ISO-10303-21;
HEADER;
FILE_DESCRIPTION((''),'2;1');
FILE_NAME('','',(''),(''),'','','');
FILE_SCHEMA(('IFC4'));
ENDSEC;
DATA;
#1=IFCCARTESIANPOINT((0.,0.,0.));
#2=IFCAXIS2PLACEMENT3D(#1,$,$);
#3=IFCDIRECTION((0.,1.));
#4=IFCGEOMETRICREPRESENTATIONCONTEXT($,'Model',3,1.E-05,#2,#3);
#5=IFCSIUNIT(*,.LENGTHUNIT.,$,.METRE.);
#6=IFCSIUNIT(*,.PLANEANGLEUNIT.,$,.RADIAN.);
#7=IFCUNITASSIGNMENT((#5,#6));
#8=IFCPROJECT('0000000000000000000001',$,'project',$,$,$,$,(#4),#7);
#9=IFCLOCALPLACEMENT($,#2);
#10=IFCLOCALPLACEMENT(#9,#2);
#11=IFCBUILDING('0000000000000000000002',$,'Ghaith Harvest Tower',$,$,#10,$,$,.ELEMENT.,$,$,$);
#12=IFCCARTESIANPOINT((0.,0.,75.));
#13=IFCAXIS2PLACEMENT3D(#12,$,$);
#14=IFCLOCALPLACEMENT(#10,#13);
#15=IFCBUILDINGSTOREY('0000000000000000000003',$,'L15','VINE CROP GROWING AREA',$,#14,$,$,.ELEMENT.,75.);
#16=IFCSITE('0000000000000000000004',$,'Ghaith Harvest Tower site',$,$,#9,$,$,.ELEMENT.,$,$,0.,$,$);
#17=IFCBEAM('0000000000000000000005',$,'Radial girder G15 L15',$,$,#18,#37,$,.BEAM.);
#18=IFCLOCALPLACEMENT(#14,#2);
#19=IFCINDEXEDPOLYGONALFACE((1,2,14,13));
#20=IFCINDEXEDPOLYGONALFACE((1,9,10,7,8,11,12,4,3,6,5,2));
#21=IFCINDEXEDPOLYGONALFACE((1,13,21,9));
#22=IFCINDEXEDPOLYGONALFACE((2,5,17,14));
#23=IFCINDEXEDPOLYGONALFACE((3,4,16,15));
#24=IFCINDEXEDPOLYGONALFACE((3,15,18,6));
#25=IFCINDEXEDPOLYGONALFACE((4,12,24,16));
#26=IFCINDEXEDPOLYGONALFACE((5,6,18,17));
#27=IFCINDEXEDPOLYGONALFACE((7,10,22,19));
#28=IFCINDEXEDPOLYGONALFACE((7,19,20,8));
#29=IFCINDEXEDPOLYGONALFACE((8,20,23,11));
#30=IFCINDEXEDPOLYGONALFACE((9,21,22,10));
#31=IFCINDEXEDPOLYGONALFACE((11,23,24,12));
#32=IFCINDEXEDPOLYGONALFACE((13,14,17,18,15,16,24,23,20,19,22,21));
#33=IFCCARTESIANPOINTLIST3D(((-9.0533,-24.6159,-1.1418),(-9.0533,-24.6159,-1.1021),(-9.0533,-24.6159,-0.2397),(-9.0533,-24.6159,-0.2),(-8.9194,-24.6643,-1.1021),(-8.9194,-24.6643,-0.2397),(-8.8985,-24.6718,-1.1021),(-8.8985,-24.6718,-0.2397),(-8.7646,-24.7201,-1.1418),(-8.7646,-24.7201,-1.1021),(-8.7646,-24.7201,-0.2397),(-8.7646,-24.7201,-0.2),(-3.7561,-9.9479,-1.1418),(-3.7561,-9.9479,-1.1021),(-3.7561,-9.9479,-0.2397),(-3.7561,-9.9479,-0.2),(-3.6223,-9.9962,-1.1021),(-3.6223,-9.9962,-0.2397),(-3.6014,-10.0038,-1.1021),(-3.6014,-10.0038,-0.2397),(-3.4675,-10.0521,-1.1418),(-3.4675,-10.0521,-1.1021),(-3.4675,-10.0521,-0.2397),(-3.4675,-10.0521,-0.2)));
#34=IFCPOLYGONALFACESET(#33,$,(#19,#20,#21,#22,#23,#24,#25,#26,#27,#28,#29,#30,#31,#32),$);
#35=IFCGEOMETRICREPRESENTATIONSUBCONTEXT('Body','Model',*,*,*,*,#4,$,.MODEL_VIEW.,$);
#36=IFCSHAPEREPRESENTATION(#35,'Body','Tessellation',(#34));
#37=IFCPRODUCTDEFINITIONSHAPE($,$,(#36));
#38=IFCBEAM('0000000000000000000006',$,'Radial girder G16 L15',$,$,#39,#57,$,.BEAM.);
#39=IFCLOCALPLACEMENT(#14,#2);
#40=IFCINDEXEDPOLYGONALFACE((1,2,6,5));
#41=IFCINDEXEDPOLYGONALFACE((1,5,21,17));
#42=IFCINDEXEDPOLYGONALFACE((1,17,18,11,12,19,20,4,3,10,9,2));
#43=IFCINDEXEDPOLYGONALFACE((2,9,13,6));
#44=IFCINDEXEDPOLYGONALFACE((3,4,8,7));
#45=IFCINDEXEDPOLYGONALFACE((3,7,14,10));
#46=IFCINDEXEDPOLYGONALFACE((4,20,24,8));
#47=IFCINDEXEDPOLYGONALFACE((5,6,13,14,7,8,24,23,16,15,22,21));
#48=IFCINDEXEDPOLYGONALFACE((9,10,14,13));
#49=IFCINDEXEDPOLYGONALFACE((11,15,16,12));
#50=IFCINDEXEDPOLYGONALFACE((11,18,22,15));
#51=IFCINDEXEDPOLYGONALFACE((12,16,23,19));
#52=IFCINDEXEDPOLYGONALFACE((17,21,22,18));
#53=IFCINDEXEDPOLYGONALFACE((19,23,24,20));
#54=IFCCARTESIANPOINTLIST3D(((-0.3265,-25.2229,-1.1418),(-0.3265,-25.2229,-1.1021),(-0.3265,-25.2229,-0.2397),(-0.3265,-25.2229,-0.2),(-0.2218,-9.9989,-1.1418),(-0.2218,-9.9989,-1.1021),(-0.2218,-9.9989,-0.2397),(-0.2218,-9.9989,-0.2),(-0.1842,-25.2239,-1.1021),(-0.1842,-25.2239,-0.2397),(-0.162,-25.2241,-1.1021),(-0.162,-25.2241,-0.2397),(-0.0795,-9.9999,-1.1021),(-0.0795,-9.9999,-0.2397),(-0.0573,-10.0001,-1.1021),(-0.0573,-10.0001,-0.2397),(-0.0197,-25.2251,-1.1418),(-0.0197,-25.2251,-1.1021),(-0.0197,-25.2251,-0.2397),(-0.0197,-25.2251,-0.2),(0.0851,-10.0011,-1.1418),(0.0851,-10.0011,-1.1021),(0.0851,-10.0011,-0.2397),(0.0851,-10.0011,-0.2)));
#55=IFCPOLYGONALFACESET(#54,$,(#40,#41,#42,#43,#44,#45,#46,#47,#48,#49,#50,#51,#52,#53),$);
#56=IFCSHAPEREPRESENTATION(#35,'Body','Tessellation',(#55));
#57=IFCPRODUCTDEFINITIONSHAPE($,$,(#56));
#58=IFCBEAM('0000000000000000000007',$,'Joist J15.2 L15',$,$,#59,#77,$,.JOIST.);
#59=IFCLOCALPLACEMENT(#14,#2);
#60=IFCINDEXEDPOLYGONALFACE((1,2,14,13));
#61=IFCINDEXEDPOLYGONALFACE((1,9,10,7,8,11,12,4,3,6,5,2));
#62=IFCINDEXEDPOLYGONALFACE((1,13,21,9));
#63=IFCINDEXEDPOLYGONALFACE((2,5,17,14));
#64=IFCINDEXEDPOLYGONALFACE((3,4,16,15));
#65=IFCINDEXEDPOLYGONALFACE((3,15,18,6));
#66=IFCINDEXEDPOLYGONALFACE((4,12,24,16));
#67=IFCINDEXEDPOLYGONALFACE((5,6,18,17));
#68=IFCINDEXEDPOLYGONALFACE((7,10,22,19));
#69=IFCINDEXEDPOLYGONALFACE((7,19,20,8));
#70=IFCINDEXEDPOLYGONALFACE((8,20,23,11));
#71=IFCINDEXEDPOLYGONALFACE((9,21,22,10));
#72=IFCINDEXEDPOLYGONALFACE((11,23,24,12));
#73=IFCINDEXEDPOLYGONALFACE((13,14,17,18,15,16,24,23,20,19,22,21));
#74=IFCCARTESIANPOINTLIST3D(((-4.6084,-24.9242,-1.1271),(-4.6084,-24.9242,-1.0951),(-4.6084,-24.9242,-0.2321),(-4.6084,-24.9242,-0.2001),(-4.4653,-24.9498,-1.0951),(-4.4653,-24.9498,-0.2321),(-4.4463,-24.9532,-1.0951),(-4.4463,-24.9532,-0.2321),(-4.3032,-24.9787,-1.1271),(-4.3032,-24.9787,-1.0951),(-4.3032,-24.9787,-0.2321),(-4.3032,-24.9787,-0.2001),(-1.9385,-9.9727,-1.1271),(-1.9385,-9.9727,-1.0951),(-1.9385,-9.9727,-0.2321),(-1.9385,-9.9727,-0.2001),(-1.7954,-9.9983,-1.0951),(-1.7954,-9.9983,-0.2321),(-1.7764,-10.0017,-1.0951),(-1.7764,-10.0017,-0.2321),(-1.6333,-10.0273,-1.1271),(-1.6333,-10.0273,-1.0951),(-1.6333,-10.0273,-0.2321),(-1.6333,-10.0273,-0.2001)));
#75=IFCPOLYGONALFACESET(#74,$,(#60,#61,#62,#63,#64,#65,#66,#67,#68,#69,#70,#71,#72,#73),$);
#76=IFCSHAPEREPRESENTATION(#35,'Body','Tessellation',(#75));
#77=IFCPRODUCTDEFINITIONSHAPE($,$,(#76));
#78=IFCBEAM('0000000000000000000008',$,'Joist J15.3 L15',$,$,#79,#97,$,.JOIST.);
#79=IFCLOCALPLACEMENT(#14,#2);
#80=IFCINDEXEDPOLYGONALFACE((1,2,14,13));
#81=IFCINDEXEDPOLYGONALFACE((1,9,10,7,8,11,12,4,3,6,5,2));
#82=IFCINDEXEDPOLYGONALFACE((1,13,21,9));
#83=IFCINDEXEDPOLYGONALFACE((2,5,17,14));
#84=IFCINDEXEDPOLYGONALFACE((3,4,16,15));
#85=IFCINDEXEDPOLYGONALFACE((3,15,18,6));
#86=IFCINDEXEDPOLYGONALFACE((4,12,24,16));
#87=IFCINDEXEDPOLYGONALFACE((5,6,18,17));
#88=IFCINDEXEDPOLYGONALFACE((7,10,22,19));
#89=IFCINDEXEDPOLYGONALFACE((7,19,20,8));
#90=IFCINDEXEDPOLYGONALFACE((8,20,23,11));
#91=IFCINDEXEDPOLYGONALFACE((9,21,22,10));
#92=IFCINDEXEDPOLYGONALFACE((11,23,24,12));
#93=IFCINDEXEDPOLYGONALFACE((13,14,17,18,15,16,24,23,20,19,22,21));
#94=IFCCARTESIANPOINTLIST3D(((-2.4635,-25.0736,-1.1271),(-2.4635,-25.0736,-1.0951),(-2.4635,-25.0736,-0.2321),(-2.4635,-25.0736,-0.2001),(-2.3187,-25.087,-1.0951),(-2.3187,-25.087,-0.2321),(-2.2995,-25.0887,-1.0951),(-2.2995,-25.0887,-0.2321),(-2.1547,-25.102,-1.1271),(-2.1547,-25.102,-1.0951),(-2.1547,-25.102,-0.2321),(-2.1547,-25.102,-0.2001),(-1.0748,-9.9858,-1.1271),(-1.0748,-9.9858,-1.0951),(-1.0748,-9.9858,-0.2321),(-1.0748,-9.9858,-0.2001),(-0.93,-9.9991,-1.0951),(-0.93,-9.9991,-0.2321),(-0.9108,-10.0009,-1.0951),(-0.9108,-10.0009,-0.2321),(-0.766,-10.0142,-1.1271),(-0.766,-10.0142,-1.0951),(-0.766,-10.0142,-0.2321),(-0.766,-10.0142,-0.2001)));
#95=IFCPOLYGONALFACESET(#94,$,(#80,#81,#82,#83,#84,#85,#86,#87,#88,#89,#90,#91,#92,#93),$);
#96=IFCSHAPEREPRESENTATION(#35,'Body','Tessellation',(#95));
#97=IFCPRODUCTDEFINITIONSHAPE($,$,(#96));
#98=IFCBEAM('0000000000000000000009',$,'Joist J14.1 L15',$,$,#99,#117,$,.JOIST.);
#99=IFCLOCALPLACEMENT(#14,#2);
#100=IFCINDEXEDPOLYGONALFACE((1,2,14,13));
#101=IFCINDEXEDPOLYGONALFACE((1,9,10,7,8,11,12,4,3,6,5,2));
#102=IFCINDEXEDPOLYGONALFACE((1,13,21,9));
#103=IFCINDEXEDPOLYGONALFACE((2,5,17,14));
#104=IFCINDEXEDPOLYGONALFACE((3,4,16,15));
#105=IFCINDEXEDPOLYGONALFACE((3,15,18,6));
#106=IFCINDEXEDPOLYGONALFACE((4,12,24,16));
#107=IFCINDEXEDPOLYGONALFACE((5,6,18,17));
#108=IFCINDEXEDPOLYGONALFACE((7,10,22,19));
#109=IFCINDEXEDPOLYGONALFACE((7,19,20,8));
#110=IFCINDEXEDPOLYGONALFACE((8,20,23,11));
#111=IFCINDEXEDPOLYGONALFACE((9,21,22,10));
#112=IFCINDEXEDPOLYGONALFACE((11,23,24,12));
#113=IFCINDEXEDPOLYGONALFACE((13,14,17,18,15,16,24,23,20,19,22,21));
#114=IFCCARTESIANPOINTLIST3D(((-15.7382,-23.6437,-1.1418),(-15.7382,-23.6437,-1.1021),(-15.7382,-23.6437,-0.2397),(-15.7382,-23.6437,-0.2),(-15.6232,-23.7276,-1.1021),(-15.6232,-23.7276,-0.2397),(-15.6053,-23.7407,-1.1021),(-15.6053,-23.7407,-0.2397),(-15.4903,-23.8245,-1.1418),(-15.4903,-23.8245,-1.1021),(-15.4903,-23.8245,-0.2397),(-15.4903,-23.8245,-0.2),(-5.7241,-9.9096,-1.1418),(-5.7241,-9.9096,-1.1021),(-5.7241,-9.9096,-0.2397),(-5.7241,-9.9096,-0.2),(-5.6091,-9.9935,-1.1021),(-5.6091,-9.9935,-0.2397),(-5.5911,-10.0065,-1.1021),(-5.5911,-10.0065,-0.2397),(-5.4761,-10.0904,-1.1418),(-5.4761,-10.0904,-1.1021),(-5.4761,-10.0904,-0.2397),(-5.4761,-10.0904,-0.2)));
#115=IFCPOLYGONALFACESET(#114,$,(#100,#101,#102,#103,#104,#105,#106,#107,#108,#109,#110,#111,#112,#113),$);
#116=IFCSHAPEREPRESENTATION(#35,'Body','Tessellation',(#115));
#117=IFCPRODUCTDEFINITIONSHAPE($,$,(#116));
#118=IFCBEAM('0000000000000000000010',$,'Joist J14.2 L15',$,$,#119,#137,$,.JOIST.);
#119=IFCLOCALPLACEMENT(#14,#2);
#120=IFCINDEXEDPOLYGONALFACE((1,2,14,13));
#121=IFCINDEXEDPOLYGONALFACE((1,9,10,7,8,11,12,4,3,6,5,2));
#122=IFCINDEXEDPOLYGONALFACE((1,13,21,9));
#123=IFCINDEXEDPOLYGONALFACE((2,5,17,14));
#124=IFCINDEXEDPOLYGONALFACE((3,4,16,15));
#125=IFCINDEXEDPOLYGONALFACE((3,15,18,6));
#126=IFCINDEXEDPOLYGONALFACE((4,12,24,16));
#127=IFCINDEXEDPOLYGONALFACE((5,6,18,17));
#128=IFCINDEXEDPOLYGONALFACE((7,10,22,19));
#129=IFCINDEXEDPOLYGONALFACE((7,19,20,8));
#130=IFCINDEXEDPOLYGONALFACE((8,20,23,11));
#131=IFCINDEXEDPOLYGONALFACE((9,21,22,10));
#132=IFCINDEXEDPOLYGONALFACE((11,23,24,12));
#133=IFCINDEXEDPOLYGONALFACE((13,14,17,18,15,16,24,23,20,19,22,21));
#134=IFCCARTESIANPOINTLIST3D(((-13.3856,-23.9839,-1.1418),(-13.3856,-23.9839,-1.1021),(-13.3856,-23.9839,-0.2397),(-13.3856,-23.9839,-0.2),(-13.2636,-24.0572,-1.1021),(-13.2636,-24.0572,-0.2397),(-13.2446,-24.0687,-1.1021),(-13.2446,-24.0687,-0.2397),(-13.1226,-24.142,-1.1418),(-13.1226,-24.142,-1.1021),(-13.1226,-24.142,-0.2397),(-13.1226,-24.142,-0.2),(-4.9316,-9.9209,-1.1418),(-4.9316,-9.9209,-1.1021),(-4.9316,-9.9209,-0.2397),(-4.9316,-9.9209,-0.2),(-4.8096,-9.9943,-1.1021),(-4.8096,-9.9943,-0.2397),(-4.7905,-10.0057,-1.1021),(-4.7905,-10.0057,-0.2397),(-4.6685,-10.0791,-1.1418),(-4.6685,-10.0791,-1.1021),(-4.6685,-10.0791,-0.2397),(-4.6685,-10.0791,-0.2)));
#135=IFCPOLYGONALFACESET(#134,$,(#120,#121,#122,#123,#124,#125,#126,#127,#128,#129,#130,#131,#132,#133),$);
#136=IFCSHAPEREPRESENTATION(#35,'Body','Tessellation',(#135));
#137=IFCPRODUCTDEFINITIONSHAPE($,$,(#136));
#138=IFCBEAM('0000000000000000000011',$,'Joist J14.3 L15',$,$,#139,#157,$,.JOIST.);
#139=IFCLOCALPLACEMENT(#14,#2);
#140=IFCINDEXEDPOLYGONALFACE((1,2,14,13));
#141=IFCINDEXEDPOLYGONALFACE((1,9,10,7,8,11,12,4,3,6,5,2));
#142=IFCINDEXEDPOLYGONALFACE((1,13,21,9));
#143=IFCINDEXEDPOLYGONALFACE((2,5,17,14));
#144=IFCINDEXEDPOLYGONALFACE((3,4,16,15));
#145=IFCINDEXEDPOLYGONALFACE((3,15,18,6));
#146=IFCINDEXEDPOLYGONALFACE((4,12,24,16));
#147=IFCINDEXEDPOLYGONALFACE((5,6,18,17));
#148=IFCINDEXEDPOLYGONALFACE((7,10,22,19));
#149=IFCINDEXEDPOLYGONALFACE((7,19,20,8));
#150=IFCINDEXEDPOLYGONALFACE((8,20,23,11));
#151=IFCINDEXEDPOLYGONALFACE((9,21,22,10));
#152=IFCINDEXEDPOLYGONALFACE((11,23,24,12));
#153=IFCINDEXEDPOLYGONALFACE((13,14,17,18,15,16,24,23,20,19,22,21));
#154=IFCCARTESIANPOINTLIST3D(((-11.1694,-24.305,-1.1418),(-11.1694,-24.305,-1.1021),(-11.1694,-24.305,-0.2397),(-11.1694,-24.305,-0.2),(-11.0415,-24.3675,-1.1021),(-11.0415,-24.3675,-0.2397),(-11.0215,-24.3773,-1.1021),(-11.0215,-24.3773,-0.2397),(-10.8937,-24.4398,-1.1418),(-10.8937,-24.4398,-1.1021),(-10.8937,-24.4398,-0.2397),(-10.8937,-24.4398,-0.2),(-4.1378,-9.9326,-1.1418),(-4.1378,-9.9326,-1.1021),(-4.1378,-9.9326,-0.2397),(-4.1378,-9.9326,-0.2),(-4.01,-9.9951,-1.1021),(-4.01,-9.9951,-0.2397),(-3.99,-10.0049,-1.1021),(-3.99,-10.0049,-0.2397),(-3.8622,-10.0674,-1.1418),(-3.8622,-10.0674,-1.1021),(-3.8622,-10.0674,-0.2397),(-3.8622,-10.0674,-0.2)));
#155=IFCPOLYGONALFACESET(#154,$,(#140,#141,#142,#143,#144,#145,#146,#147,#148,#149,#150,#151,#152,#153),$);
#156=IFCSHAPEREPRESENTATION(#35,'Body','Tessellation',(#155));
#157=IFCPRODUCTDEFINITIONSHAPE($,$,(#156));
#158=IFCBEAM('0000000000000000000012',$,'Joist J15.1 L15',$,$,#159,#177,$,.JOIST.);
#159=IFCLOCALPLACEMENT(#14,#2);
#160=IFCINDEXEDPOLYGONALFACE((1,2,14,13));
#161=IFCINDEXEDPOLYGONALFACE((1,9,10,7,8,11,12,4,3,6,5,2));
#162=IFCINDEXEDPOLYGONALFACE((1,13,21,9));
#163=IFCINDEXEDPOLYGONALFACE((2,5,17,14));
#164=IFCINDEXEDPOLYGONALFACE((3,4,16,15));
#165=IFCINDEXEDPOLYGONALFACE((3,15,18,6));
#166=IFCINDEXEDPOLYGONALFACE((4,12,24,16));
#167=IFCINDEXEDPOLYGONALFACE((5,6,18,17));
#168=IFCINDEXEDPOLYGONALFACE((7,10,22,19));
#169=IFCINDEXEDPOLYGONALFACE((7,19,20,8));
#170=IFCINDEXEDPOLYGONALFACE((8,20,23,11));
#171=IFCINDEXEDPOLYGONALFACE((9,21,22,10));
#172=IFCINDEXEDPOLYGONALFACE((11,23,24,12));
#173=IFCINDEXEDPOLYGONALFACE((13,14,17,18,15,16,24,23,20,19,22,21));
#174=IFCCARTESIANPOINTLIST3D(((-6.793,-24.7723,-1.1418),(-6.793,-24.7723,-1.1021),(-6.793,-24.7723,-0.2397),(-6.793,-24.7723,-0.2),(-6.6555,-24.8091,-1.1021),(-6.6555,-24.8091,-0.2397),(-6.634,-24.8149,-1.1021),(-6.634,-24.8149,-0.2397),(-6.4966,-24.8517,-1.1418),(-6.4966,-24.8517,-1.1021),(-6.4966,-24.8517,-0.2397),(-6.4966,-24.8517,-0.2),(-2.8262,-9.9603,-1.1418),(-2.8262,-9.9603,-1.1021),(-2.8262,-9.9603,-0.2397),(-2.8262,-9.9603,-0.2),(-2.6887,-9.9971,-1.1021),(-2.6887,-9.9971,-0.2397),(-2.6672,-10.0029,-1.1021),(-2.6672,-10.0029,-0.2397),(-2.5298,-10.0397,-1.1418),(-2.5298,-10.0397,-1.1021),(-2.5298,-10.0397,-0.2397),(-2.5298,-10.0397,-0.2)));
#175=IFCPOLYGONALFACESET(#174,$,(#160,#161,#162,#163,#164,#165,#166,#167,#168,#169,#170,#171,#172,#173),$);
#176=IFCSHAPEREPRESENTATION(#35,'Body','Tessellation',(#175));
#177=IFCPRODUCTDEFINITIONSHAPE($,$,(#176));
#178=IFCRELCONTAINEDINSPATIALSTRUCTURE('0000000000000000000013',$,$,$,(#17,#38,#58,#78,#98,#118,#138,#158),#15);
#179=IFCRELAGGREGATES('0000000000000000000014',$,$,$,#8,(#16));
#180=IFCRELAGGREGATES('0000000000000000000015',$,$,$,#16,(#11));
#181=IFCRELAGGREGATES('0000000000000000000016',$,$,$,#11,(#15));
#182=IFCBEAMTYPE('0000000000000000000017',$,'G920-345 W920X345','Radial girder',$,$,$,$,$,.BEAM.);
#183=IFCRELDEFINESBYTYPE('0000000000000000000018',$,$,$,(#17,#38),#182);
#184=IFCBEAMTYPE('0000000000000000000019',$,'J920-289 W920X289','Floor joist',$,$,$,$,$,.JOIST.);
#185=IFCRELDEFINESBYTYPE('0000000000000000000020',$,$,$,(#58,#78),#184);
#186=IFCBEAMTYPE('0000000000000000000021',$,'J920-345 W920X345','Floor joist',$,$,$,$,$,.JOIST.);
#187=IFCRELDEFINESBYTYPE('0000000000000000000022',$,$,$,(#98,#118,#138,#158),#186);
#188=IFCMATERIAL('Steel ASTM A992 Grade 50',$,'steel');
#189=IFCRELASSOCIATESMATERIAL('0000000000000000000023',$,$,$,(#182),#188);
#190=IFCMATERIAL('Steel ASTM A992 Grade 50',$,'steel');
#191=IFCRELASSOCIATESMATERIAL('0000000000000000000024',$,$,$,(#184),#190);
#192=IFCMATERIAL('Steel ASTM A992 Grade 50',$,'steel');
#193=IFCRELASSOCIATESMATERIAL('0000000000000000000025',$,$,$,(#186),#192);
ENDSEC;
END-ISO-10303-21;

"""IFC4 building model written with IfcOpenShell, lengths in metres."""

from ifc_helpers import new_model, si_unit, direction, frame, origin, origin_2d, place, context, subcontext, project, spatial, i_section, extrude, material, material_profile, profile_set, type_object, element, save


model = new_model("IFC4")

# Units and contexts
model_context = context("Model", 3, precision=1e-05, world=origin(), true_north=direction((0.0, 1.0)))
body_context = subcontext(model_context, "Body", "Model", "MODEL_VIEW")
ifc_project = project(units=[si_unit("LENGTHUNIT", "METRE"), si_unit("PLANEANGLEUNIT", "RADIAN")], contexts=[model_context])

# Site, building, storey
site_placement = place(None, origin())
site = spatial("IfcSite", under=ifc_project, at=site_placement, Name="Ghaith Harvest Tower site", CompositionType="ELEMENT", RefElevation=0.0)
building_placement = place(site_placement, origin())
building = spatial("IfcBuilding", under=site, at=building_placement, Name="Ghaith Harvest Tower", CompositionType="ELEMENT")
storey_placement = place(building_placement, frame((0.0, 0.0, 75.0)))
storey = spatial("IfcBuildingStorey", under=building, at=storey_placement, Name="L15", Description="VINE CROP GROWING AREA", CompositionType="ELEMENT", Elevation=75.0)

# Beams
ifc_material_1 = material(Name="Steel ASTM A992 Grade 50", Category="steel")
ifc_material_profile_1 = material_profile(ifc_material_1, i_section(OverallWidth=0.3069, OverallDepth=0.9419, WebThickness=0.0222, FlangeThickness=0.0398, at=origin_2d()), Name="W920X345")
ifc_profile_set_1 = profile_set([ifc_material_profile_1], Name="Steel ASTM A992 Grade 50")
beam_type_1 = type_object("IfcBeamType", Name="G920-345 W920X345", Description="Radial girder", PredefinedType="BEAM", material=ifc_profile_set_1)
beam_1_placement = place(storey_placement, frame((-3.6118, -10.0, -0.6709), z_axis=(-0.339664, -0.940547, 0.0), x_axis=(0.940547, -0.339664, 0.0)))
element("IfcBeam", 1, at=beam_1_placement, inside=storey, type_object=beam_type_1, Name="Radial girder G15 L15", PredefinedType="BEAM", context=body_context, shape_type="SweptSolid", body=[
    extrude(i_section(OverallWidth=0.3069, OverallDepth=0.9419, WebThickness=0.0222, FlangeThickness=0.0398, at=origin_2d()), origin(), (0.0, 0.0, 1.0), 15.5952),
])
beam_2_placement = place(storey_placement, frame((-0.0684, -10.0, -0.6709), z_axis=(-0.006879, -0.999976, 0.0), x_axis=(0.999976, -0.006879, 0.0)))
element("IfcBeam", 2, at=beam_2_placement, inside=storey, type_object=beam_type_1, Name="Radial girder G16 L15", PredefinedType="BEAM", context=body_context, shape_type="SweptSolid", body=[
    extrude(i_section(OverallWidth=0.3069, OverallDepth=0.9419, WebThickness=0.0222, FlangeThickness=0.0398, at=origin_2d()), origin(), (0.0, 0.0, 1.0), 15.2244),
])
ifc_material_2 = material(Name="Steel ASTM A992 Grade 50", Category="steel")
ifc_material_profile_2 = material_profile(ifc_material_2, i_section(OverallWidth=0.3101, OverallDepth=0.927, WebThickness=0.0193, FlangeThickness=0.032, at=origin_2d()), Name="W920X289")
ifc_profile_set_2 = profile_set([ifc_material_profile_2], Name="Steel ASTM A992 Grade 50")
beam_type_2 = type_object("IfcBeamType", Name="J920-289 W920X289", Description="Floor joist", PredefinedType="JOIST", material=ifc_profile_set_2)
beam_3_placement = place(storey_placement, frame((-1.7859, -10.0, -0.6636), z_axis=(-0.175792, -0.984427, 0.0), x_axis=(0.984427, -0.175792, 0.0)))
element("IfcBeam", 3, at=beam_3_placement, inside=storey, type_object=beam_type_2, Name="Joist J15.2 L15", PredefinedType="JOIST", context=body_context, shape_type="SweptSolid", body=[
    extrude(i_section(OverallWidth=0.3101, OverallDepth=0.927, WebThickness=0.0193, FlangeThickness=0.032, at=origin_2d()), origin(), (0.0, 0.0, 1.0), 15.188),
])
beam_4_placement = place(storey_placement, frame((-0.9204, -10.0, -0.6636), z_axis=(-0.091651, -0.995791, 0.0), x_axis=(0.995791, -0.091651, 0.0)))
element("IfcBeam", 4, at=beam_4_placement, inside=storey, type_object=beam_type_2, Name="Joist J15.3 L15", PredefinedType="JOIST", context=body_context, shape_type="SweptSolid", body=[
    extrude(i_section(OverallWidth=0.3101, OverallDepth=0.927, WebThickness=0.0193, FlangeThickness=0.032, at=origin_2d()), origin(), (0.0, 0.0, 1.0), 15.1516),
])
ifc_material_3 = material(Name="Steel ASTM A992 Grade 50", Category="steel")
ifc_material_profile_3 = material_profile(ifc_material_3, i_section(OverallWidth=0.3069, OverallDepth=0.9419, WebThickness=0.0222, FlangeThickness=0.0398, at=origin_2d()), Name="W920X345")
ifc_profile_set_3 = profile_set([ifc_material_profile_3], Name="Steel ASTM A992 Grade 50")
beam_type_3 = type_object("IfcBeamType", Name="J920-345 W920X345", Description="Floor joist", PredefinedType="JOIST", material=ifc_profile_set_3)
beam_5_placement = place(storey_placement, frame((-5.6001, -10.0, -0.6709), z_axis=(-0.58916, -0.808016, 0.0), x_axis=(0.808016, -0.58916, 0.0)))
element("IfcBeam", 5, at=beam_5_placement, inside=storey, type_object=beam_type_3, Name="Joist J14.1 L15", PredefinedType="JOIST", context=body_context, shape_type="SweptSolid", body=[
    extrude(i_section(OverallWidth=0.3069, OverallDepth=0.9419, WebThickness=0.0222, FlangeThickness=0.0398, at=origin_2d()), origin(), (0.0, 0.0, 1.0), 16.9973),
])
beam_6_placement = place(storey_placement, frame((-4.8, -10.0, -0.6709), z_axis=(-0.515226, -0.857054, 0.0), x_axis=(0.857054, -0.515226, 0.0)))
element("IfcBeam", 6, at=beam_6_placement, inside=storey, type_object=beam_type_3, Name="Joist J14.2 L15", PredefinedType="JOIST", context=body_context, shape_type="SweptSolid", body=[
    extrude(i_section(OverallWidth=0.3069, OverallDepth=0.9419, WebThickness=0.0222, FlangeThickness=0.0398, at=origin_2d()), origin(), (0.0, 0.0, 1.0), 16.4084),
])
beam_7_placement = place(storey_placement, frame((-4.0, -10.0, -0.6709), z_axis=(-0.439464, -0.89826, 0.0), x_axis=(0.89826, -0.439464, 0.0)))
element("IfcBeam", 7, at=beam_7_placement, inside=storey, type_object=beam_type_3, Name="Joist J14.3 L15", PredefinedType="JOIST", context=body_context, shape_type="SweptSolid", body=[
    extrude(i_section(OverallWidth=0.3069, OverallDepth=0.9419, WebThickness=0.0222, FlangeThickness=0.0398, at=origin_2d()), origin(), (0.0, 0.0, 1.0), 16.0002),
])
beam_8_placement = place(storey_placement, frame((-2.678, -10.0, -0.6709), z_axis=(-0.258693, -0.96596, 0.0), x_axis=(0.96596, -0.258693, 0.0)))
element("IfcBeam", 8, at=beam_8_placement, inside=storey, type_object=beam_type_3, Name="Joist J15.1 L15", PredefinedType="JOIST", context=body_context, shape_type="SweptSolid", body=[
    extrude(i_section(OverallWidth=0.3069, OverallDepth=0.9419, WebThickness=0.0222, FlangeThickness=0.0398, at=origin_2d()), origin(), (0.0, 0.0, 1.0), 15.334),
])

save(model, "model.ifc")
